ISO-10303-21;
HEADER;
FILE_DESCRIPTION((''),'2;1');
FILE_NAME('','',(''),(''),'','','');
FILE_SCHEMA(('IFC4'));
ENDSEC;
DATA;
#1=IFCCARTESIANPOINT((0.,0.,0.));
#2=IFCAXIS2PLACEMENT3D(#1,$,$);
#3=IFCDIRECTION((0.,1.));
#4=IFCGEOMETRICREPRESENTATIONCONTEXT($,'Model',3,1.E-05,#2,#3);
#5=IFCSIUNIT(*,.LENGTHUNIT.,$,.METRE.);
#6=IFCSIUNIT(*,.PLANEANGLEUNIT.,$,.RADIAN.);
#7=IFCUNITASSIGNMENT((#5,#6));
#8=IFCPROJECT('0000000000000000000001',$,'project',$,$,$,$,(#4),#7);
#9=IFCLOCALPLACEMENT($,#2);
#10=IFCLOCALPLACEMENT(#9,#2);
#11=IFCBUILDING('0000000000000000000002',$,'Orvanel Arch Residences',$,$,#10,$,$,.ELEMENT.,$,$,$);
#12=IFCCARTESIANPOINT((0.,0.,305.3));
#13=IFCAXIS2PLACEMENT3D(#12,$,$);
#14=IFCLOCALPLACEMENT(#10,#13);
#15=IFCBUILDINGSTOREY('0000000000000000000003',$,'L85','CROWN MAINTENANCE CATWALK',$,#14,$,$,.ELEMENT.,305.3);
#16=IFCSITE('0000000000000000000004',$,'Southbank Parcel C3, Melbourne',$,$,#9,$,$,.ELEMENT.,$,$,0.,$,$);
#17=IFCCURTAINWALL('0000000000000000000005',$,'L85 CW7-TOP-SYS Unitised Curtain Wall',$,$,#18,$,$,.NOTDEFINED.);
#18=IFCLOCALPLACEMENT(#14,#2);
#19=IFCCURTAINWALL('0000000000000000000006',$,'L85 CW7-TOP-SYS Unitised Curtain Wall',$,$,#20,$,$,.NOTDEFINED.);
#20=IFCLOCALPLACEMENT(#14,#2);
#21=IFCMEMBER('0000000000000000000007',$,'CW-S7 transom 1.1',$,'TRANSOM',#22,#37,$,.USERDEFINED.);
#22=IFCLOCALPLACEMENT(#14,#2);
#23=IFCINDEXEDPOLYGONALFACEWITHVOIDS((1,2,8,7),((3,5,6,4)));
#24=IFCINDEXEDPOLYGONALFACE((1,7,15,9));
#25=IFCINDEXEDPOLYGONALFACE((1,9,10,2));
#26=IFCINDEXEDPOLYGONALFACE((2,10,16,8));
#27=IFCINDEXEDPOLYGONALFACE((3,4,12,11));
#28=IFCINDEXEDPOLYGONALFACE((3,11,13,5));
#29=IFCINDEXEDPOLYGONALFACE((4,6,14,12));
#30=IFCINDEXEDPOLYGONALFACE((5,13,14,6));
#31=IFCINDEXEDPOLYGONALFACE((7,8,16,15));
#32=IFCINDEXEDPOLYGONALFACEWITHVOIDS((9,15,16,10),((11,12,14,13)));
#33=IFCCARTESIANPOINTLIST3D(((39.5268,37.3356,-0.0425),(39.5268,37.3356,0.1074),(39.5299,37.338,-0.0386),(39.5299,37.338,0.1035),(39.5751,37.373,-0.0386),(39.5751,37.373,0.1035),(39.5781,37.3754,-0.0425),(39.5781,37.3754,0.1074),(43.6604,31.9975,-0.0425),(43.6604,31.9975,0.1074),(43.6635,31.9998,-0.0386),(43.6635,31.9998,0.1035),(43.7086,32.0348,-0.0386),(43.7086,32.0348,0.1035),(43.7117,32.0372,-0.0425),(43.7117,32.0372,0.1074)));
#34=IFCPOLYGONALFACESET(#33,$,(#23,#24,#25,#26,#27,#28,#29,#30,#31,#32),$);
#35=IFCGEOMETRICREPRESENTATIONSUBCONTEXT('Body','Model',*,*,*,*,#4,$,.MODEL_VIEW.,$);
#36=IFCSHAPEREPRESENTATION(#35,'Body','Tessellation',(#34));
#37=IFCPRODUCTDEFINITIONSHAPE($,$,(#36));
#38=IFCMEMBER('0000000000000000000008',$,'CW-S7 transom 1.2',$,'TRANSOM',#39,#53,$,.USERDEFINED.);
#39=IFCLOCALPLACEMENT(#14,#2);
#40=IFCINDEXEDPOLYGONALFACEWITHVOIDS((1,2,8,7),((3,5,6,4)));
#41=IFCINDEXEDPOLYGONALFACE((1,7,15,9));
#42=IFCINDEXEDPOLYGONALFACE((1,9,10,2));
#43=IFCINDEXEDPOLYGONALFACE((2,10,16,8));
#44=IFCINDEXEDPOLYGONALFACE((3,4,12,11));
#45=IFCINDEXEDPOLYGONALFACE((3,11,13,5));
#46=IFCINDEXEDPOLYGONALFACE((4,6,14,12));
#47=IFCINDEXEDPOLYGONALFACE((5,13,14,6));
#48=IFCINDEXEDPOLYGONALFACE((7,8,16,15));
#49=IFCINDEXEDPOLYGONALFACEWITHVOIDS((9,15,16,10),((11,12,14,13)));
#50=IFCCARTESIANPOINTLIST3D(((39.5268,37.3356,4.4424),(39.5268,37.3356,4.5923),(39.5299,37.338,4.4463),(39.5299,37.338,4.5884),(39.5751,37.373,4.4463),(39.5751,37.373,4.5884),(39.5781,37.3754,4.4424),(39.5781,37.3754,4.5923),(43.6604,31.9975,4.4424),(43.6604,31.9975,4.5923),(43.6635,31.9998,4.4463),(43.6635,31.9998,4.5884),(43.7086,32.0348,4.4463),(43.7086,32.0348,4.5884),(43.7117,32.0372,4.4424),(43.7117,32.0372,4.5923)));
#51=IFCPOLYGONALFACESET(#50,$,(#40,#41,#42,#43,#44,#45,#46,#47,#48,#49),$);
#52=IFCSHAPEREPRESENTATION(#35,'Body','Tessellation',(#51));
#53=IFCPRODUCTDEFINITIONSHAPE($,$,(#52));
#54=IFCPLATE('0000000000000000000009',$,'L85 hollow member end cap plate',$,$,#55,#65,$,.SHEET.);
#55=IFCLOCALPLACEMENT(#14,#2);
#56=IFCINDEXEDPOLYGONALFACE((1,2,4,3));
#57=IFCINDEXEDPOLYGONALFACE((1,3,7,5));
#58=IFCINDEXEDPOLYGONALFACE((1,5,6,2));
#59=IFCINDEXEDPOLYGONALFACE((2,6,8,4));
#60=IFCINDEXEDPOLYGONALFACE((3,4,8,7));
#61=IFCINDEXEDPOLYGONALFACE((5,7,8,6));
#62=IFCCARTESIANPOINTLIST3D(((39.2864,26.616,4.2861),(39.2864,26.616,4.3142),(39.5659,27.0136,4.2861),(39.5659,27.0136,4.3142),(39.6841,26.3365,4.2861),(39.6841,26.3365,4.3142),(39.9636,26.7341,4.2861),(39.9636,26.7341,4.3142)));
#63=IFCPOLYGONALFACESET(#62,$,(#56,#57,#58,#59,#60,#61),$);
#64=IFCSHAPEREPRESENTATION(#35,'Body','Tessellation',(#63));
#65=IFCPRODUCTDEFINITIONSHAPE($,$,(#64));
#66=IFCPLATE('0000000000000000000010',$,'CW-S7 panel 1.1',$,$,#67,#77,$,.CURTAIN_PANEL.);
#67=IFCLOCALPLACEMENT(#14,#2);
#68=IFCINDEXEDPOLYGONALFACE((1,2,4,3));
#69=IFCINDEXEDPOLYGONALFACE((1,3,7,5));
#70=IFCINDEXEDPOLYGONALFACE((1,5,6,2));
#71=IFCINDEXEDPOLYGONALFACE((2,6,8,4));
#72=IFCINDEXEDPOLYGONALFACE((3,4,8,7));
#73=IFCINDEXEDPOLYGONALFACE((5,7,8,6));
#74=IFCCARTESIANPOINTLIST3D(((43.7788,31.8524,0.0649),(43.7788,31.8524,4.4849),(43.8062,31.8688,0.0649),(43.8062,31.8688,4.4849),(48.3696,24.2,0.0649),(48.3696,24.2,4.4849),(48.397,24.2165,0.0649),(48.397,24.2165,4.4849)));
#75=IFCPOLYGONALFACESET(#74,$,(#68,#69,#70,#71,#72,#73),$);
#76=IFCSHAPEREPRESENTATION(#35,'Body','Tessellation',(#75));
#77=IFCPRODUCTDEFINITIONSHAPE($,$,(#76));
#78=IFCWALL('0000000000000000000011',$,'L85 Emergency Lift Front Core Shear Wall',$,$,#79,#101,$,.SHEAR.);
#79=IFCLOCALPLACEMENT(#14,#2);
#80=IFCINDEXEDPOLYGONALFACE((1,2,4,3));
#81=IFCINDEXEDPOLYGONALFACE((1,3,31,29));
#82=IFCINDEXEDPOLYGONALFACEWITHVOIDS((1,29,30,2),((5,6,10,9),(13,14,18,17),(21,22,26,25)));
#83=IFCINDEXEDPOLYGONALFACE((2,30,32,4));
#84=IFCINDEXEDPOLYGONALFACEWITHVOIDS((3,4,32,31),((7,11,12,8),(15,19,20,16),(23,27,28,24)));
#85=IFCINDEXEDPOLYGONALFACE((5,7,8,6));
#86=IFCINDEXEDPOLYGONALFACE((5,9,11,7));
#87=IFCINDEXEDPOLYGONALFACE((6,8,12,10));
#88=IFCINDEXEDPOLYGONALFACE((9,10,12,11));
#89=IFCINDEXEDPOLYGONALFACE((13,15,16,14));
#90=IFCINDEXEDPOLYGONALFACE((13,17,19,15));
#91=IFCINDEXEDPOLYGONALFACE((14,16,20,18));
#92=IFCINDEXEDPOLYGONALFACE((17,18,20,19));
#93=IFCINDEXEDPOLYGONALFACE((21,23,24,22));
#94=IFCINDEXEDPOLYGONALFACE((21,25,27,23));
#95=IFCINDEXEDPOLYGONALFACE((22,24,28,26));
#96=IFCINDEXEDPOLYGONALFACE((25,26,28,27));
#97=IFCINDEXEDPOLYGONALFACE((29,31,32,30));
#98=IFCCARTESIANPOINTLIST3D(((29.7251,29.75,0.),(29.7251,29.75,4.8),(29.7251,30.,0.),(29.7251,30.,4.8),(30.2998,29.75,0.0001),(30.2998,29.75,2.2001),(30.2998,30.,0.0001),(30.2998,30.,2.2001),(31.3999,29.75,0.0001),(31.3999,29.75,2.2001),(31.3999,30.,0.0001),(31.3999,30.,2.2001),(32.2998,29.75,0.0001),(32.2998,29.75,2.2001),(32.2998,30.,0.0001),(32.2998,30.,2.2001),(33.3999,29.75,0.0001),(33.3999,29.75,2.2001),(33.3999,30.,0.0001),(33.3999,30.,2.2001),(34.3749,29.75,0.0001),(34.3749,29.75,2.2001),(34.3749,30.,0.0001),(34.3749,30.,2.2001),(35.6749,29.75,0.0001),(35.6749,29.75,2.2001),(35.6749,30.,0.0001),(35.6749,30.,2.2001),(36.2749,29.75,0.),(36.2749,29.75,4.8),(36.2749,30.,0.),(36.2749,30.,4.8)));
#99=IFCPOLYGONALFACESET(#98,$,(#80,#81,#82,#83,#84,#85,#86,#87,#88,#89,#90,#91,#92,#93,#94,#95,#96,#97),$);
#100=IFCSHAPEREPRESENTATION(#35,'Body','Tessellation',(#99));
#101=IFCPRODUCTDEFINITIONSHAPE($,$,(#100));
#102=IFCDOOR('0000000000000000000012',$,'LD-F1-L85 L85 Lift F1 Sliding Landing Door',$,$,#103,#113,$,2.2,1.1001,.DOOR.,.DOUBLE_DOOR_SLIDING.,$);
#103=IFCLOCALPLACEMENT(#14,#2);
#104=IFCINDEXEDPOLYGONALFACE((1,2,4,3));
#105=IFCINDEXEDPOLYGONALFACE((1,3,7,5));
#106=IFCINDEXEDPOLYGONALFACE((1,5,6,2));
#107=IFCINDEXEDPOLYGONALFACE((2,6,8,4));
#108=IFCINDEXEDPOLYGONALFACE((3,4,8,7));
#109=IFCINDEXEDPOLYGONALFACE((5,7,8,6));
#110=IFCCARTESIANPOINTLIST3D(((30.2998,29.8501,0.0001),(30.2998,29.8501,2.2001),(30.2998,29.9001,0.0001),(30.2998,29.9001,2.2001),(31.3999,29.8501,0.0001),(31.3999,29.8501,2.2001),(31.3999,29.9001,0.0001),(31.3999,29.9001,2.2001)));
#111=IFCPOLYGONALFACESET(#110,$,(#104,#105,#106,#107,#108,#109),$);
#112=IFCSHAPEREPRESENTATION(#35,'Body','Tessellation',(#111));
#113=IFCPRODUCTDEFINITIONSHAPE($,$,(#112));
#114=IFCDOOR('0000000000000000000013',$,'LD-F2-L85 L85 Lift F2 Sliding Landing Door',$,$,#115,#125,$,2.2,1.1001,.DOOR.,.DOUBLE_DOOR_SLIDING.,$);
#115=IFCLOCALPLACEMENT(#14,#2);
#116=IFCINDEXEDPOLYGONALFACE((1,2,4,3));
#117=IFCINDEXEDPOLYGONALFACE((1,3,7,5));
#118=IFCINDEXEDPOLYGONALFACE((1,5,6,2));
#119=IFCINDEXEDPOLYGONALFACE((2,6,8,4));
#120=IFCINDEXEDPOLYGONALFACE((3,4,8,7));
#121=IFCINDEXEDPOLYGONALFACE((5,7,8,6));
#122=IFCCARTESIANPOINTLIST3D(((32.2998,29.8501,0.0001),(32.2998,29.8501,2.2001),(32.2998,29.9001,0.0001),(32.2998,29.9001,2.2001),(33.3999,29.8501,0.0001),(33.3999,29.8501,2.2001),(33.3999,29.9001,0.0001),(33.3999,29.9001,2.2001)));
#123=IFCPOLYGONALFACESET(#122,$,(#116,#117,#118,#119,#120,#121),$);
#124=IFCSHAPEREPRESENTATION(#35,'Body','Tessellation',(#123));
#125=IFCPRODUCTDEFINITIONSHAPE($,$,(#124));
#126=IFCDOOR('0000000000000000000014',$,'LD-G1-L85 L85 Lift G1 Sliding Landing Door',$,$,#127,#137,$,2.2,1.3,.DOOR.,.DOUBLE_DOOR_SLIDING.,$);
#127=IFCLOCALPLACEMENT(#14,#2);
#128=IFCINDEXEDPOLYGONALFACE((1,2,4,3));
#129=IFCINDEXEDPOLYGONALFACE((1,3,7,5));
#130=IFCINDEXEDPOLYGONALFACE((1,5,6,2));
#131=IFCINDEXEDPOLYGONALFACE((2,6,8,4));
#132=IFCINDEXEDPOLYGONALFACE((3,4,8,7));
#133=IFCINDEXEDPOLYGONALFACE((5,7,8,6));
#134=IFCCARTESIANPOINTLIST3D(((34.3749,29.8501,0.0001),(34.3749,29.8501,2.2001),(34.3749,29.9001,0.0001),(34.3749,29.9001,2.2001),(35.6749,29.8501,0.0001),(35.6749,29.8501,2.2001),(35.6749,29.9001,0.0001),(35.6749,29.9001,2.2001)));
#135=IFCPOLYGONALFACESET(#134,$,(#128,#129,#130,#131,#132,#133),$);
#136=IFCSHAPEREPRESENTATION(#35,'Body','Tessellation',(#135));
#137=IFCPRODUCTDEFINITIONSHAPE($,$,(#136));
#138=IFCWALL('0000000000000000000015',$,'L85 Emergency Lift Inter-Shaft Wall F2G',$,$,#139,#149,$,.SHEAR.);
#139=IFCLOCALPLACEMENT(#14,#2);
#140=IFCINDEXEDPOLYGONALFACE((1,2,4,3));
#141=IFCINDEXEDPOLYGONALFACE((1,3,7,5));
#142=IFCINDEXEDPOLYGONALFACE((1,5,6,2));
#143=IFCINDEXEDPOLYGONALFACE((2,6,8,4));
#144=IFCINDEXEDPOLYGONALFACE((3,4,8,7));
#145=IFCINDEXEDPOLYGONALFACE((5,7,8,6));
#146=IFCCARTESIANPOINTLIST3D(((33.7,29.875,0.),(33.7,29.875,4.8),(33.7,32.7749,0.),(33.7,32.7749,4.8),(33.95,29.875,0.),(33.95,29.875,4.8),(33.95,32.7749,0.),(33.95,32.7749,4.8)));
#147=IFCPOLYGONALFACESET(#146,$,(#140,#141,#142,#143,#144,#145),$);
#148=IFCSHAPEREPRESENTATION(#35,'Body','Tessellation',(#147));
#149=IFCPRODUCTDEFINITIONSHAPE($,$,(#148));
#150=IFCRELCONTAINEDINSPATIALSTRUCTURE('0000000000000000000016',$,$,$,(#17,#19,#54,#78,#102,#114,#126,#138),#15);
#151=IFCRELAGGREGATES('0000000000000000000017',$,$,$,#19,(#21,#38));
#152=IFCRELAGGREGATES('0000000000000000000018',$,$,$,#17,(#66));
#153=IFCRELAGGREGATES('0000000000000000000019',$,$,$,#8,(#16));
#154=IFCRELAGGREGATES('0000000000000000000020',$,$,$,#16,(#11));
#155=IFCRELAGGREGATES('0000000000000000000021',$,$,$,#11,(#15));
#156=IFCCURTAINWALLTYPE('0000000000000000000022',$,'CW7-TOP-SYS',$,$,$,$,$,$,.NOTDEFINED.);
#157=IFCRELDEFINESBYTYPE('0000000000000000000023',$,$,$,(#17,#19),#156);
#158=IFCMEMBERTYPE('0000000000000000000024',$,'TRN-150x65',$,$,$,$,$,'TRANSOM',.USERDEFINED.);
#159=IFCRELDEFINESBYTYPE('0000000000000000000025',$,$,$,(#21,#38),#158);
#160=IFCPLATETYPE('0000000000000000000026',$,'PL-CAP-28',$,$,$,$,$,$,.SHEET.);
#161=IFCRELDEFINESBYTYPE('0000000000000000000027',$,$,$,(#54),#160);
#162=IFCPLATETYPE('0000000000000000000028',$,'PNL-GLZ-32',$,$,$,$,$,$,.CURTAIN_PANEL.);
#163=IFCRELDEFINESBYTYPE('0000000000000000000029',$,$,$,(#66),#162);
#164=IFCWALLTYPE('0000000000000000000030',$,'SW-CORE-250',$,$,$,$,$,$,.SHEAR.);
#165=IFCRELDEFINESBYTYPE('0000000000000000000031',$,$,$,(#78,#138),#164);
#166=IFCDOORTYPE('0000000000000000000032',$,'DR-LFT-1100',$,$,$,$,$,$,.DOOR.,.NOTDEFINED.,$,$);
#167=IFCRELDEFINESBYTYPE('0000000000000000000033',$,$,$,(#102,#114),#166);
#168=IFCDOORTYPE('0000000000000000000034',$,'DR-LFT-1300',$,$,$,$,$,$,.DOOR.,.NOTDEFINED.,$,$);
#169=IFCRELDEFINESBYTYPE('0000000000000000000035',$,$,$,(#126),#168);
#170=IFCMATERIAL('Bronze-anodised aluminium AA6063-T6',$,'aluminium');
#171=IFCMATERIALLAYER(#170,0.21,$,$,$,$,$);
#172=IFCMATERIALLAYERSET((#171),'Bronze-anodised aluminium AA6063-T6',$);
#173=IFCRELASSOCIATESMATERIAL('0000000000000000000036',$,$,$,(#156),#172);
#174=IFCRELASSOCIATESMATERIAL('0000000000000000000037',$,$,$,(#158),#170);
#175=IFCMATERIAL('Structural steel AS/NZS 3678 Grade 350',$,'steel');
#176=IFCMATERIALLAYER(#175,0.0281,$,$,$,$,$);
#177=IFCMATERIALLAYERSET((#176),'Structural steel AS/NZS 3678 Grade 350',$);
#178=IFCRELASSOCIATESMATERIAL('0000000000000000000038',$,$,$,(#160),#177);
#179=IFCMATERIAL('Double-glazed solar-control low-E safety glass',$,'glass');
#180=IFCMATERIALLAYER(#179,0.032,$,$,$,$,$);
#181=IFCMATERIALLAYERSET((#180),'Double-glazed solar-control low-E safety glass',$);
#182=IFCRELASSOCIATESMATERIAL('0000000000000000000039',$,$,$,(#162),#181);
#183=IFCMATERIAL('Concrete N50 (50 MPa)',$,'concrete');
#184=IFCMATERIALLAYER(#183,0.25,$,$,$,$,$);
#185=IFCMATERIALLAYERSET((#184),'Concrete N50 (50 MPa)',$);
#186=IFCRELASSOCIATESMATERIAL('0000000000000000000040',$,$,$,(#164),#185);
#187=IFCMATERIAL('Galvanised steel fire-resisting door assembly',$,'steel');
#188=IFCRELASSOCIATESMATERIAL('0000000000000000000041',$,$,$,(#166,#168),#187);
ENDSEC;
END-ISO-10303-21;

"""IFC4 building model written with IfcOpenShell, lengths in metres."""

from ifc_helpers import new_model, si_unit, direction, frame, frame_2d, origin, origin_2d, place, context, subcontext, project, spatial, rectangle, hollow_rectangle, extrude, material, layer, layer_set, material_profile, profile_set, type_object, element, fill, aggregate, save


model = new_model("IFC4")

# Units and contexts
model_context = context("Model", 3, precision=1e-05, world=origin(), true_north=direction((0.0, 1.0)))
body_context = subcontext(model_context, "Body", "Model", "MODEL_VIEW")
ifc_project = project(units=[si_unit("LENGTHUNIT", "METRE"), si_unit("PLANEANGLEUNIT", "RADIAN")], contexts=[model_context])

# Site, building, storey
site_placement = place(None, origin())
site = spatial("IfcSite", under=ifc_project, at=site_placement, Name="Southbank Parcel C3, Melbourne", CompositionType="ELEMENT", RefElevation=0.0)
building_placement = place(site_placement, origin())
building = spatial("IfcBuilding", under=site, at=building_placement, Name="Orvanel Arch Residences", CompositionType="ELEMENT")
storey_placement = place(building_placement, frame((0.0, 0.0, 305.3)))
storey = spatial("IfcBuildingStorey", under=building, at=storey_placement, Name="L85", Description="CROWN MAINTENANCE CATWALK", CompositionType="ELEMENT", Elevation=305.3)

# Curtain walls
ifc_material_1 = material(Name="Bronze-anodised aluminium AA6063-T6", Category="aluminium")
ifc_layer_1 = layer(ifc_material_1, 0.21)
ifc_layer_set_1 = layer_set([ifc_layer_1], Name="Bronze-anodised aluminium AA6063-T6")
curtain_wall_type = type_object("IfcCurtainWallType", Name="CW7-TOP-SYS", PredefinedType="NOTDEFINED", material=ifc_layer_set_1)
curtain_wall_1_placement = place(storey_placement, origin())
curtain_wall_1 = element("IfcCurtainWall", 1, at=curtain_wall_1_placement, inside=storey, type_object=curtain_wall_type, Name="L85 CW7-TOP-SYS Unitised Curtain Wall", PredefinedType="NOTDEFINED")
curtain_wall_2_placement = place(storey_placement, origin())
curtain_wall_2 = element("IfcCurtainWall", 2, at=curtain_wall_2_placement, inside=storey, type_object=curtain_wall_type, Name="L85 CW7-TOP-SYS Unitised Curtain Wall", PredefinedType="NOTDEFINED")

# Members
ifc_material_profile_1 = material_profile(ifc_material_1, hollow_rectangle(XDim=0.0649, YDim=0.1499, WallThickness=0.0039, at=origin_2d()), Name="ALU150x65x4")
ifc_profile_set_1 = profile_set([ifc_material_profile_1], Name="Bronze-anodised aluminium AA6063-T6")
member_type_1 = type_object("IfcMemberType", Name="TRN-150x65", ElementType="TRANSOM", PredefinedType="USERDEFINED", material=ifc_profile_set_1)
member_1_placement = place(storey_placement, frame((43.686, 32.0173, 0.0325), z_axis=(-0.612247, 0.790667, 0.0), x_axis=(-0.790667, -0.612247, 0.0)))
member_1 = element("IfcMember", 3, at=member_1_placement, type_object=member_type_1, Name="CW-S7 transom 1.1", ObjectType="TRANSOM", PredefinedType="USERDEFINED", context=body_context, shape_type="SweptSolid", body=[
    extrude(hollow_rectangle(XDim=0.0649, YDim=0.1499, WallThickness=0.0039, at=origin_2d()), origin(), (0.0, 0.0, 1.0), 6.7515),
])
member_2_placement = place(storey_placement, frame((43.686, 32.0173, 4.5173), z_axis=(-0.612247, 0.790667, 0.0), x_axis=(-0.790667, -0.612247, 0.0)))
member_2 = element("IfcMember", 4, at=member_2_placement, type_object=member_type_1, Name="CW-S7 transom 1.2", ObjectType="TRANSOM", PredefinedType="USERDEFINED", context=body_context, shape_type="SweptSolid", body=[
    extrude(hollow_rectangle(XDim=0.0649, YDim=0.1499, WallThickness=0.0039, at=origin_2d()), origin(), (0.0, 0.0, 1.0), 6.7515),
])
aggregate(curtain_wall_2, [member_1, member_2])

# Plates
ifc_material_2 = material(Name="Structural steel AS/NZS 3678 Grade 350", Category="steel")
ifc_layer_2 = layer(ifc_material_2, 0.0281)
ifc_layer_set_2 = layer_set([ifc_layer_2], Name="Structural steel AS/NZS 3678 Grade 350")
plate_type_1 = type_object("IfcPlateType", Name="PL-CAP-28", PredefinedType="SHEET", material=ifc_layer_set_2)
plate_1_placement = place(storey_placement, frame((39.625, 26.675, 4.2861), z_axis=(0.0, 0.0, 1.0), x_axis=(-0.81815, 0.575005, 0.0)))
element("IfcPlate", 5, at=plate_1_placement, inside=storey, type_object=plate_type_1, Name="L85 hollow member end cap plate", PredefinedType="SHEET", context=body_context, shape_type="SweptSolid", body=[
    extrude(rectangle(XDim=0.4861, YDim=0.4861, at=origin_2d()), origin(), (0.0, 0.0, 1.0), 0.0281),
])
ifc_material_3 = material(Name="Double-glazed solar-control low-E safety glass", Category="glass")
ifc_layer_3 = layer(ifc_material_3, 0.032)
ifc_layer_set_3 = layer_set([ifc_layer_3], Name="Double-glazed solar-control low-E safety glass")
plate_type_2 = type_object("IfcPlateType", Name="PNL-GLZ-32", PredefinedType="CURTAIN_PANEL", material=ifc_layer_set_3)
plate_2_placement = place(storey_placement, frame((46.0879, 28.0344, 0.0649), z_axis=(0.0, 0.0, 1.0), x_axis=(-0.514447, 0.857522, 0.0)))
plate_2 = element("IfcPlate", 6, at=plate_2_placement, type_object=plate_type_2, Name="CW-S7 panel 1.1", PredefinedType="CURTAIN_PANEL", context=body_context, shape_type="SweptSolid", body=[
    extrude(rectangle(XDim=8.9238, YDim=0.032, at=origin_2d()), origin(), (0.0, 0.0, 1.0), 4.4199),
])
aggregate(curtain_wall_1, [plate_2])

# Wall, openings, doors
ifc_material_4 = material(Name="Concrete N50 (50 MPa)", Category="concrete")
ifc_layer_4 = layer(ifc_material_4, 0.25)
ifc_layer_set_4 = layer_set([ifc_layer_4], Name="Concrete N50 (50 MPa)")
wall_type = type_object("IfcWallType", Name="SW-CORE-250", PredefinedType="SHEAR", material=ifc_layer_set_4)
wall_1_placement = place(storey_placement, frame((36.2749, 29.875, 0.0), z_axis=(0.0, 0.0, 1.0), x_axis=(-1.0, 0.0, 0.0)))
wall_1 = element("IfcWall", 7, at=wall_1_placement, inside=storey, type_object=wall_type, Name="L85 Emergency Lift Front Core Shear Wall", PredefinedType="SHEAR", context=body_context, shape_type="SweptSolid", body=[
    extrude(rectangle(XDim=6.5498, YDim=0.25, at=frame_2d((3.2749, 0.0))), origin(), (0.0, 0.0, 1.0), 4.8),
])
opening_1_placement = place(wall_1_placement, frame((4.875, 0.0, 0.0)))
opening_1 = element("IfcOpeningElement", 8, at=opening_1_placement, cuts=wall_1, PredefinedType="OPENING", context=body_context, shape_type="SweptSolid", body=[
    extrude(rectangle(XDim=1.1001, YDim=2.2, at=frame_2d((0.55, 1.1001))), frame((0.0, 0.135, 0.0), z_axis=(0.0, -1.0, 0.0), x_axis=(1.0, 0.0, 0.0)), (0.0, 0.0, 1.0), 0.27),
])
opening_2_placement = place(wall_1_placement, frame((2.875, 0.0, 0.0)))
opening_2 = element("IfcOpeningElement", 9, at=opening_2_placement, cuts=wall_1, PredefinedType="OPENING", context=body_context, shape_type="SweptSolid", body=[
    extrude(rectangle(XDim=1.1001, YDim=2.2, at=frame_2d((0.55, 1.1001))), frame((0.0, 0.135, 0.0), z_axis=(0.0, -1.0, 0.0), x_axis=(1.0, 0.0, 0.0)), (0.0, 0.0, 1.0), 0.27),
])
opening_3_placement = place(wall_1_placement, frame((0.6001, 0.0, 0.0)))
opening_3 = element("IfcOpeningElement", 10, at=opening_3_placement, cuts=wall_1, PredefinedType="OPENING", context=body_context, shape_type="SweptSolid", body=[
    extrude(rectangle(XDim=1.3, YDim=2.2, at=frame_2d((0.6499, 1.1001))), frame((0.0, 0.135, 0.0), z_axis=(0.0, -1.0, 0.0), x_axis=(1.0, 0.0, 0.0)), (0.0, 0.0, 1.0), 0.27),
])
ifc_material_5 = material(Name="Galvanised steel fire-resisting door assembly", Category="steel")
door_type_1 = type_object("IfcDoorType", Name="DR-LFT-1100", OperationType="NOTDEFINED", PredefinedType="DOOR", material=ifc_material_5)
door_1_placement = place(opening_1_placement, origin())
door_1 = element("IfcDoor", 11, at=door_1_placement, inside=storey, type_object=door_type_1, Name="LD-F1-L85 L85 Lift F1 Sliding Landing Door", OperationType="DOUBLE_DOOR_SLIDING", OverallHeight=2.2, OverallWidth=1.1001, PredefinedType="DOOR", context=body_context, shape_type="SweptSolid", body=[
    extrude(rectangle(XDim=1.1001, YDim=2.2, at=frame_2d((0.55, 1.1001))), frame((0.0, 0.0249, 0.0), z_axis=(0.0, -1.0, 0.0), x_axis=(1.0, 0.0, 0.0)), (0.0, 0.0, 1.0), 0.05),
])
fill(opening_1, door_1)
door_2_placement = place(opening_2_placement, origin())
door_2 = element("IfcDoor", 12, at=door_2_placement, inside=storey, type_object=door_type_1, Name="LD-F2-L85 L85 Lift F2 Sliding Landing Door", OperationType="DOUBLE_DOOR_SLIDING", OverallHeight=2.2, OverallWidth=1.1001, PredefinedType="DOOR", context=body_context, shape_type="SweptSolid", body=[
    extrude(rectangle(XDim=1.1001, YDim=2.2, at=frame_2d((0.55, 1.1001))), frame((0.0, 0.0249, 0.0), z_axis=(0.0, -1.0, 0.0), x_axis=(1.0, 0.0, 0.0)), (0.0, 0.0, 1.0), 0.05),
])
fill(opening_2, door_2)
door_type_2 = type_object("IfcDoorType", Name="DR-LFT-1300", OperationType="NOTDEFINED", PredefinedType="DOOR", material=ifc_material_5)
door_3_placement = place(opening_3_placement, origin())
door_3 = element("IfcDoor", 13, at=door_3_placement, inside=storey, type_object=door_type_2, Name="LD-G1-L85 L85 Lift G1 Sliding Landing Door", OperationType="DOUBLE_DOOR_SLIDING", OverallHeight=2.2, OverallWidth=1.3, PredefinedType="DOOR", context=body_context, shape_type="SweptSolid", body=[
    extrude(rectangle(XDim=1.3, YDim=2.2, at=frame_2d((0.6499, 1.1001))), frame((0.0, 0.0249, 0.0), z_axis=(0.0, -1.0, 0.0), x_axis=(1.0, 0.0, 0.0)), (0.0, 0.0, 1.0), 0.05),
])
fill(opening_3, door_3)

# Wall
wall_2_placement = place(storey_placement, frame((33.825, 29.875, 0.0), z_axis=(0.0, 0.0, 1.0), x_axis=(0.0, 1.0, 0.0)))
element("IfcWall", 14, at=wall_2_placement, inside=storey, type_object=wall_type, Name="L85 Emergency Lift Inter-Shaft Wall F2G", PredefinedType="SHEAR", context=body_context, shape_type="SweptSolid", body=[
    extrude(rectangle(XDim=2.8999, YDim=0.25, at=frame_2d((1.45, 0.0))), origin(), (0.0, 0.0, 1.0), 4.8),
])

save(model, "model.ifc")
